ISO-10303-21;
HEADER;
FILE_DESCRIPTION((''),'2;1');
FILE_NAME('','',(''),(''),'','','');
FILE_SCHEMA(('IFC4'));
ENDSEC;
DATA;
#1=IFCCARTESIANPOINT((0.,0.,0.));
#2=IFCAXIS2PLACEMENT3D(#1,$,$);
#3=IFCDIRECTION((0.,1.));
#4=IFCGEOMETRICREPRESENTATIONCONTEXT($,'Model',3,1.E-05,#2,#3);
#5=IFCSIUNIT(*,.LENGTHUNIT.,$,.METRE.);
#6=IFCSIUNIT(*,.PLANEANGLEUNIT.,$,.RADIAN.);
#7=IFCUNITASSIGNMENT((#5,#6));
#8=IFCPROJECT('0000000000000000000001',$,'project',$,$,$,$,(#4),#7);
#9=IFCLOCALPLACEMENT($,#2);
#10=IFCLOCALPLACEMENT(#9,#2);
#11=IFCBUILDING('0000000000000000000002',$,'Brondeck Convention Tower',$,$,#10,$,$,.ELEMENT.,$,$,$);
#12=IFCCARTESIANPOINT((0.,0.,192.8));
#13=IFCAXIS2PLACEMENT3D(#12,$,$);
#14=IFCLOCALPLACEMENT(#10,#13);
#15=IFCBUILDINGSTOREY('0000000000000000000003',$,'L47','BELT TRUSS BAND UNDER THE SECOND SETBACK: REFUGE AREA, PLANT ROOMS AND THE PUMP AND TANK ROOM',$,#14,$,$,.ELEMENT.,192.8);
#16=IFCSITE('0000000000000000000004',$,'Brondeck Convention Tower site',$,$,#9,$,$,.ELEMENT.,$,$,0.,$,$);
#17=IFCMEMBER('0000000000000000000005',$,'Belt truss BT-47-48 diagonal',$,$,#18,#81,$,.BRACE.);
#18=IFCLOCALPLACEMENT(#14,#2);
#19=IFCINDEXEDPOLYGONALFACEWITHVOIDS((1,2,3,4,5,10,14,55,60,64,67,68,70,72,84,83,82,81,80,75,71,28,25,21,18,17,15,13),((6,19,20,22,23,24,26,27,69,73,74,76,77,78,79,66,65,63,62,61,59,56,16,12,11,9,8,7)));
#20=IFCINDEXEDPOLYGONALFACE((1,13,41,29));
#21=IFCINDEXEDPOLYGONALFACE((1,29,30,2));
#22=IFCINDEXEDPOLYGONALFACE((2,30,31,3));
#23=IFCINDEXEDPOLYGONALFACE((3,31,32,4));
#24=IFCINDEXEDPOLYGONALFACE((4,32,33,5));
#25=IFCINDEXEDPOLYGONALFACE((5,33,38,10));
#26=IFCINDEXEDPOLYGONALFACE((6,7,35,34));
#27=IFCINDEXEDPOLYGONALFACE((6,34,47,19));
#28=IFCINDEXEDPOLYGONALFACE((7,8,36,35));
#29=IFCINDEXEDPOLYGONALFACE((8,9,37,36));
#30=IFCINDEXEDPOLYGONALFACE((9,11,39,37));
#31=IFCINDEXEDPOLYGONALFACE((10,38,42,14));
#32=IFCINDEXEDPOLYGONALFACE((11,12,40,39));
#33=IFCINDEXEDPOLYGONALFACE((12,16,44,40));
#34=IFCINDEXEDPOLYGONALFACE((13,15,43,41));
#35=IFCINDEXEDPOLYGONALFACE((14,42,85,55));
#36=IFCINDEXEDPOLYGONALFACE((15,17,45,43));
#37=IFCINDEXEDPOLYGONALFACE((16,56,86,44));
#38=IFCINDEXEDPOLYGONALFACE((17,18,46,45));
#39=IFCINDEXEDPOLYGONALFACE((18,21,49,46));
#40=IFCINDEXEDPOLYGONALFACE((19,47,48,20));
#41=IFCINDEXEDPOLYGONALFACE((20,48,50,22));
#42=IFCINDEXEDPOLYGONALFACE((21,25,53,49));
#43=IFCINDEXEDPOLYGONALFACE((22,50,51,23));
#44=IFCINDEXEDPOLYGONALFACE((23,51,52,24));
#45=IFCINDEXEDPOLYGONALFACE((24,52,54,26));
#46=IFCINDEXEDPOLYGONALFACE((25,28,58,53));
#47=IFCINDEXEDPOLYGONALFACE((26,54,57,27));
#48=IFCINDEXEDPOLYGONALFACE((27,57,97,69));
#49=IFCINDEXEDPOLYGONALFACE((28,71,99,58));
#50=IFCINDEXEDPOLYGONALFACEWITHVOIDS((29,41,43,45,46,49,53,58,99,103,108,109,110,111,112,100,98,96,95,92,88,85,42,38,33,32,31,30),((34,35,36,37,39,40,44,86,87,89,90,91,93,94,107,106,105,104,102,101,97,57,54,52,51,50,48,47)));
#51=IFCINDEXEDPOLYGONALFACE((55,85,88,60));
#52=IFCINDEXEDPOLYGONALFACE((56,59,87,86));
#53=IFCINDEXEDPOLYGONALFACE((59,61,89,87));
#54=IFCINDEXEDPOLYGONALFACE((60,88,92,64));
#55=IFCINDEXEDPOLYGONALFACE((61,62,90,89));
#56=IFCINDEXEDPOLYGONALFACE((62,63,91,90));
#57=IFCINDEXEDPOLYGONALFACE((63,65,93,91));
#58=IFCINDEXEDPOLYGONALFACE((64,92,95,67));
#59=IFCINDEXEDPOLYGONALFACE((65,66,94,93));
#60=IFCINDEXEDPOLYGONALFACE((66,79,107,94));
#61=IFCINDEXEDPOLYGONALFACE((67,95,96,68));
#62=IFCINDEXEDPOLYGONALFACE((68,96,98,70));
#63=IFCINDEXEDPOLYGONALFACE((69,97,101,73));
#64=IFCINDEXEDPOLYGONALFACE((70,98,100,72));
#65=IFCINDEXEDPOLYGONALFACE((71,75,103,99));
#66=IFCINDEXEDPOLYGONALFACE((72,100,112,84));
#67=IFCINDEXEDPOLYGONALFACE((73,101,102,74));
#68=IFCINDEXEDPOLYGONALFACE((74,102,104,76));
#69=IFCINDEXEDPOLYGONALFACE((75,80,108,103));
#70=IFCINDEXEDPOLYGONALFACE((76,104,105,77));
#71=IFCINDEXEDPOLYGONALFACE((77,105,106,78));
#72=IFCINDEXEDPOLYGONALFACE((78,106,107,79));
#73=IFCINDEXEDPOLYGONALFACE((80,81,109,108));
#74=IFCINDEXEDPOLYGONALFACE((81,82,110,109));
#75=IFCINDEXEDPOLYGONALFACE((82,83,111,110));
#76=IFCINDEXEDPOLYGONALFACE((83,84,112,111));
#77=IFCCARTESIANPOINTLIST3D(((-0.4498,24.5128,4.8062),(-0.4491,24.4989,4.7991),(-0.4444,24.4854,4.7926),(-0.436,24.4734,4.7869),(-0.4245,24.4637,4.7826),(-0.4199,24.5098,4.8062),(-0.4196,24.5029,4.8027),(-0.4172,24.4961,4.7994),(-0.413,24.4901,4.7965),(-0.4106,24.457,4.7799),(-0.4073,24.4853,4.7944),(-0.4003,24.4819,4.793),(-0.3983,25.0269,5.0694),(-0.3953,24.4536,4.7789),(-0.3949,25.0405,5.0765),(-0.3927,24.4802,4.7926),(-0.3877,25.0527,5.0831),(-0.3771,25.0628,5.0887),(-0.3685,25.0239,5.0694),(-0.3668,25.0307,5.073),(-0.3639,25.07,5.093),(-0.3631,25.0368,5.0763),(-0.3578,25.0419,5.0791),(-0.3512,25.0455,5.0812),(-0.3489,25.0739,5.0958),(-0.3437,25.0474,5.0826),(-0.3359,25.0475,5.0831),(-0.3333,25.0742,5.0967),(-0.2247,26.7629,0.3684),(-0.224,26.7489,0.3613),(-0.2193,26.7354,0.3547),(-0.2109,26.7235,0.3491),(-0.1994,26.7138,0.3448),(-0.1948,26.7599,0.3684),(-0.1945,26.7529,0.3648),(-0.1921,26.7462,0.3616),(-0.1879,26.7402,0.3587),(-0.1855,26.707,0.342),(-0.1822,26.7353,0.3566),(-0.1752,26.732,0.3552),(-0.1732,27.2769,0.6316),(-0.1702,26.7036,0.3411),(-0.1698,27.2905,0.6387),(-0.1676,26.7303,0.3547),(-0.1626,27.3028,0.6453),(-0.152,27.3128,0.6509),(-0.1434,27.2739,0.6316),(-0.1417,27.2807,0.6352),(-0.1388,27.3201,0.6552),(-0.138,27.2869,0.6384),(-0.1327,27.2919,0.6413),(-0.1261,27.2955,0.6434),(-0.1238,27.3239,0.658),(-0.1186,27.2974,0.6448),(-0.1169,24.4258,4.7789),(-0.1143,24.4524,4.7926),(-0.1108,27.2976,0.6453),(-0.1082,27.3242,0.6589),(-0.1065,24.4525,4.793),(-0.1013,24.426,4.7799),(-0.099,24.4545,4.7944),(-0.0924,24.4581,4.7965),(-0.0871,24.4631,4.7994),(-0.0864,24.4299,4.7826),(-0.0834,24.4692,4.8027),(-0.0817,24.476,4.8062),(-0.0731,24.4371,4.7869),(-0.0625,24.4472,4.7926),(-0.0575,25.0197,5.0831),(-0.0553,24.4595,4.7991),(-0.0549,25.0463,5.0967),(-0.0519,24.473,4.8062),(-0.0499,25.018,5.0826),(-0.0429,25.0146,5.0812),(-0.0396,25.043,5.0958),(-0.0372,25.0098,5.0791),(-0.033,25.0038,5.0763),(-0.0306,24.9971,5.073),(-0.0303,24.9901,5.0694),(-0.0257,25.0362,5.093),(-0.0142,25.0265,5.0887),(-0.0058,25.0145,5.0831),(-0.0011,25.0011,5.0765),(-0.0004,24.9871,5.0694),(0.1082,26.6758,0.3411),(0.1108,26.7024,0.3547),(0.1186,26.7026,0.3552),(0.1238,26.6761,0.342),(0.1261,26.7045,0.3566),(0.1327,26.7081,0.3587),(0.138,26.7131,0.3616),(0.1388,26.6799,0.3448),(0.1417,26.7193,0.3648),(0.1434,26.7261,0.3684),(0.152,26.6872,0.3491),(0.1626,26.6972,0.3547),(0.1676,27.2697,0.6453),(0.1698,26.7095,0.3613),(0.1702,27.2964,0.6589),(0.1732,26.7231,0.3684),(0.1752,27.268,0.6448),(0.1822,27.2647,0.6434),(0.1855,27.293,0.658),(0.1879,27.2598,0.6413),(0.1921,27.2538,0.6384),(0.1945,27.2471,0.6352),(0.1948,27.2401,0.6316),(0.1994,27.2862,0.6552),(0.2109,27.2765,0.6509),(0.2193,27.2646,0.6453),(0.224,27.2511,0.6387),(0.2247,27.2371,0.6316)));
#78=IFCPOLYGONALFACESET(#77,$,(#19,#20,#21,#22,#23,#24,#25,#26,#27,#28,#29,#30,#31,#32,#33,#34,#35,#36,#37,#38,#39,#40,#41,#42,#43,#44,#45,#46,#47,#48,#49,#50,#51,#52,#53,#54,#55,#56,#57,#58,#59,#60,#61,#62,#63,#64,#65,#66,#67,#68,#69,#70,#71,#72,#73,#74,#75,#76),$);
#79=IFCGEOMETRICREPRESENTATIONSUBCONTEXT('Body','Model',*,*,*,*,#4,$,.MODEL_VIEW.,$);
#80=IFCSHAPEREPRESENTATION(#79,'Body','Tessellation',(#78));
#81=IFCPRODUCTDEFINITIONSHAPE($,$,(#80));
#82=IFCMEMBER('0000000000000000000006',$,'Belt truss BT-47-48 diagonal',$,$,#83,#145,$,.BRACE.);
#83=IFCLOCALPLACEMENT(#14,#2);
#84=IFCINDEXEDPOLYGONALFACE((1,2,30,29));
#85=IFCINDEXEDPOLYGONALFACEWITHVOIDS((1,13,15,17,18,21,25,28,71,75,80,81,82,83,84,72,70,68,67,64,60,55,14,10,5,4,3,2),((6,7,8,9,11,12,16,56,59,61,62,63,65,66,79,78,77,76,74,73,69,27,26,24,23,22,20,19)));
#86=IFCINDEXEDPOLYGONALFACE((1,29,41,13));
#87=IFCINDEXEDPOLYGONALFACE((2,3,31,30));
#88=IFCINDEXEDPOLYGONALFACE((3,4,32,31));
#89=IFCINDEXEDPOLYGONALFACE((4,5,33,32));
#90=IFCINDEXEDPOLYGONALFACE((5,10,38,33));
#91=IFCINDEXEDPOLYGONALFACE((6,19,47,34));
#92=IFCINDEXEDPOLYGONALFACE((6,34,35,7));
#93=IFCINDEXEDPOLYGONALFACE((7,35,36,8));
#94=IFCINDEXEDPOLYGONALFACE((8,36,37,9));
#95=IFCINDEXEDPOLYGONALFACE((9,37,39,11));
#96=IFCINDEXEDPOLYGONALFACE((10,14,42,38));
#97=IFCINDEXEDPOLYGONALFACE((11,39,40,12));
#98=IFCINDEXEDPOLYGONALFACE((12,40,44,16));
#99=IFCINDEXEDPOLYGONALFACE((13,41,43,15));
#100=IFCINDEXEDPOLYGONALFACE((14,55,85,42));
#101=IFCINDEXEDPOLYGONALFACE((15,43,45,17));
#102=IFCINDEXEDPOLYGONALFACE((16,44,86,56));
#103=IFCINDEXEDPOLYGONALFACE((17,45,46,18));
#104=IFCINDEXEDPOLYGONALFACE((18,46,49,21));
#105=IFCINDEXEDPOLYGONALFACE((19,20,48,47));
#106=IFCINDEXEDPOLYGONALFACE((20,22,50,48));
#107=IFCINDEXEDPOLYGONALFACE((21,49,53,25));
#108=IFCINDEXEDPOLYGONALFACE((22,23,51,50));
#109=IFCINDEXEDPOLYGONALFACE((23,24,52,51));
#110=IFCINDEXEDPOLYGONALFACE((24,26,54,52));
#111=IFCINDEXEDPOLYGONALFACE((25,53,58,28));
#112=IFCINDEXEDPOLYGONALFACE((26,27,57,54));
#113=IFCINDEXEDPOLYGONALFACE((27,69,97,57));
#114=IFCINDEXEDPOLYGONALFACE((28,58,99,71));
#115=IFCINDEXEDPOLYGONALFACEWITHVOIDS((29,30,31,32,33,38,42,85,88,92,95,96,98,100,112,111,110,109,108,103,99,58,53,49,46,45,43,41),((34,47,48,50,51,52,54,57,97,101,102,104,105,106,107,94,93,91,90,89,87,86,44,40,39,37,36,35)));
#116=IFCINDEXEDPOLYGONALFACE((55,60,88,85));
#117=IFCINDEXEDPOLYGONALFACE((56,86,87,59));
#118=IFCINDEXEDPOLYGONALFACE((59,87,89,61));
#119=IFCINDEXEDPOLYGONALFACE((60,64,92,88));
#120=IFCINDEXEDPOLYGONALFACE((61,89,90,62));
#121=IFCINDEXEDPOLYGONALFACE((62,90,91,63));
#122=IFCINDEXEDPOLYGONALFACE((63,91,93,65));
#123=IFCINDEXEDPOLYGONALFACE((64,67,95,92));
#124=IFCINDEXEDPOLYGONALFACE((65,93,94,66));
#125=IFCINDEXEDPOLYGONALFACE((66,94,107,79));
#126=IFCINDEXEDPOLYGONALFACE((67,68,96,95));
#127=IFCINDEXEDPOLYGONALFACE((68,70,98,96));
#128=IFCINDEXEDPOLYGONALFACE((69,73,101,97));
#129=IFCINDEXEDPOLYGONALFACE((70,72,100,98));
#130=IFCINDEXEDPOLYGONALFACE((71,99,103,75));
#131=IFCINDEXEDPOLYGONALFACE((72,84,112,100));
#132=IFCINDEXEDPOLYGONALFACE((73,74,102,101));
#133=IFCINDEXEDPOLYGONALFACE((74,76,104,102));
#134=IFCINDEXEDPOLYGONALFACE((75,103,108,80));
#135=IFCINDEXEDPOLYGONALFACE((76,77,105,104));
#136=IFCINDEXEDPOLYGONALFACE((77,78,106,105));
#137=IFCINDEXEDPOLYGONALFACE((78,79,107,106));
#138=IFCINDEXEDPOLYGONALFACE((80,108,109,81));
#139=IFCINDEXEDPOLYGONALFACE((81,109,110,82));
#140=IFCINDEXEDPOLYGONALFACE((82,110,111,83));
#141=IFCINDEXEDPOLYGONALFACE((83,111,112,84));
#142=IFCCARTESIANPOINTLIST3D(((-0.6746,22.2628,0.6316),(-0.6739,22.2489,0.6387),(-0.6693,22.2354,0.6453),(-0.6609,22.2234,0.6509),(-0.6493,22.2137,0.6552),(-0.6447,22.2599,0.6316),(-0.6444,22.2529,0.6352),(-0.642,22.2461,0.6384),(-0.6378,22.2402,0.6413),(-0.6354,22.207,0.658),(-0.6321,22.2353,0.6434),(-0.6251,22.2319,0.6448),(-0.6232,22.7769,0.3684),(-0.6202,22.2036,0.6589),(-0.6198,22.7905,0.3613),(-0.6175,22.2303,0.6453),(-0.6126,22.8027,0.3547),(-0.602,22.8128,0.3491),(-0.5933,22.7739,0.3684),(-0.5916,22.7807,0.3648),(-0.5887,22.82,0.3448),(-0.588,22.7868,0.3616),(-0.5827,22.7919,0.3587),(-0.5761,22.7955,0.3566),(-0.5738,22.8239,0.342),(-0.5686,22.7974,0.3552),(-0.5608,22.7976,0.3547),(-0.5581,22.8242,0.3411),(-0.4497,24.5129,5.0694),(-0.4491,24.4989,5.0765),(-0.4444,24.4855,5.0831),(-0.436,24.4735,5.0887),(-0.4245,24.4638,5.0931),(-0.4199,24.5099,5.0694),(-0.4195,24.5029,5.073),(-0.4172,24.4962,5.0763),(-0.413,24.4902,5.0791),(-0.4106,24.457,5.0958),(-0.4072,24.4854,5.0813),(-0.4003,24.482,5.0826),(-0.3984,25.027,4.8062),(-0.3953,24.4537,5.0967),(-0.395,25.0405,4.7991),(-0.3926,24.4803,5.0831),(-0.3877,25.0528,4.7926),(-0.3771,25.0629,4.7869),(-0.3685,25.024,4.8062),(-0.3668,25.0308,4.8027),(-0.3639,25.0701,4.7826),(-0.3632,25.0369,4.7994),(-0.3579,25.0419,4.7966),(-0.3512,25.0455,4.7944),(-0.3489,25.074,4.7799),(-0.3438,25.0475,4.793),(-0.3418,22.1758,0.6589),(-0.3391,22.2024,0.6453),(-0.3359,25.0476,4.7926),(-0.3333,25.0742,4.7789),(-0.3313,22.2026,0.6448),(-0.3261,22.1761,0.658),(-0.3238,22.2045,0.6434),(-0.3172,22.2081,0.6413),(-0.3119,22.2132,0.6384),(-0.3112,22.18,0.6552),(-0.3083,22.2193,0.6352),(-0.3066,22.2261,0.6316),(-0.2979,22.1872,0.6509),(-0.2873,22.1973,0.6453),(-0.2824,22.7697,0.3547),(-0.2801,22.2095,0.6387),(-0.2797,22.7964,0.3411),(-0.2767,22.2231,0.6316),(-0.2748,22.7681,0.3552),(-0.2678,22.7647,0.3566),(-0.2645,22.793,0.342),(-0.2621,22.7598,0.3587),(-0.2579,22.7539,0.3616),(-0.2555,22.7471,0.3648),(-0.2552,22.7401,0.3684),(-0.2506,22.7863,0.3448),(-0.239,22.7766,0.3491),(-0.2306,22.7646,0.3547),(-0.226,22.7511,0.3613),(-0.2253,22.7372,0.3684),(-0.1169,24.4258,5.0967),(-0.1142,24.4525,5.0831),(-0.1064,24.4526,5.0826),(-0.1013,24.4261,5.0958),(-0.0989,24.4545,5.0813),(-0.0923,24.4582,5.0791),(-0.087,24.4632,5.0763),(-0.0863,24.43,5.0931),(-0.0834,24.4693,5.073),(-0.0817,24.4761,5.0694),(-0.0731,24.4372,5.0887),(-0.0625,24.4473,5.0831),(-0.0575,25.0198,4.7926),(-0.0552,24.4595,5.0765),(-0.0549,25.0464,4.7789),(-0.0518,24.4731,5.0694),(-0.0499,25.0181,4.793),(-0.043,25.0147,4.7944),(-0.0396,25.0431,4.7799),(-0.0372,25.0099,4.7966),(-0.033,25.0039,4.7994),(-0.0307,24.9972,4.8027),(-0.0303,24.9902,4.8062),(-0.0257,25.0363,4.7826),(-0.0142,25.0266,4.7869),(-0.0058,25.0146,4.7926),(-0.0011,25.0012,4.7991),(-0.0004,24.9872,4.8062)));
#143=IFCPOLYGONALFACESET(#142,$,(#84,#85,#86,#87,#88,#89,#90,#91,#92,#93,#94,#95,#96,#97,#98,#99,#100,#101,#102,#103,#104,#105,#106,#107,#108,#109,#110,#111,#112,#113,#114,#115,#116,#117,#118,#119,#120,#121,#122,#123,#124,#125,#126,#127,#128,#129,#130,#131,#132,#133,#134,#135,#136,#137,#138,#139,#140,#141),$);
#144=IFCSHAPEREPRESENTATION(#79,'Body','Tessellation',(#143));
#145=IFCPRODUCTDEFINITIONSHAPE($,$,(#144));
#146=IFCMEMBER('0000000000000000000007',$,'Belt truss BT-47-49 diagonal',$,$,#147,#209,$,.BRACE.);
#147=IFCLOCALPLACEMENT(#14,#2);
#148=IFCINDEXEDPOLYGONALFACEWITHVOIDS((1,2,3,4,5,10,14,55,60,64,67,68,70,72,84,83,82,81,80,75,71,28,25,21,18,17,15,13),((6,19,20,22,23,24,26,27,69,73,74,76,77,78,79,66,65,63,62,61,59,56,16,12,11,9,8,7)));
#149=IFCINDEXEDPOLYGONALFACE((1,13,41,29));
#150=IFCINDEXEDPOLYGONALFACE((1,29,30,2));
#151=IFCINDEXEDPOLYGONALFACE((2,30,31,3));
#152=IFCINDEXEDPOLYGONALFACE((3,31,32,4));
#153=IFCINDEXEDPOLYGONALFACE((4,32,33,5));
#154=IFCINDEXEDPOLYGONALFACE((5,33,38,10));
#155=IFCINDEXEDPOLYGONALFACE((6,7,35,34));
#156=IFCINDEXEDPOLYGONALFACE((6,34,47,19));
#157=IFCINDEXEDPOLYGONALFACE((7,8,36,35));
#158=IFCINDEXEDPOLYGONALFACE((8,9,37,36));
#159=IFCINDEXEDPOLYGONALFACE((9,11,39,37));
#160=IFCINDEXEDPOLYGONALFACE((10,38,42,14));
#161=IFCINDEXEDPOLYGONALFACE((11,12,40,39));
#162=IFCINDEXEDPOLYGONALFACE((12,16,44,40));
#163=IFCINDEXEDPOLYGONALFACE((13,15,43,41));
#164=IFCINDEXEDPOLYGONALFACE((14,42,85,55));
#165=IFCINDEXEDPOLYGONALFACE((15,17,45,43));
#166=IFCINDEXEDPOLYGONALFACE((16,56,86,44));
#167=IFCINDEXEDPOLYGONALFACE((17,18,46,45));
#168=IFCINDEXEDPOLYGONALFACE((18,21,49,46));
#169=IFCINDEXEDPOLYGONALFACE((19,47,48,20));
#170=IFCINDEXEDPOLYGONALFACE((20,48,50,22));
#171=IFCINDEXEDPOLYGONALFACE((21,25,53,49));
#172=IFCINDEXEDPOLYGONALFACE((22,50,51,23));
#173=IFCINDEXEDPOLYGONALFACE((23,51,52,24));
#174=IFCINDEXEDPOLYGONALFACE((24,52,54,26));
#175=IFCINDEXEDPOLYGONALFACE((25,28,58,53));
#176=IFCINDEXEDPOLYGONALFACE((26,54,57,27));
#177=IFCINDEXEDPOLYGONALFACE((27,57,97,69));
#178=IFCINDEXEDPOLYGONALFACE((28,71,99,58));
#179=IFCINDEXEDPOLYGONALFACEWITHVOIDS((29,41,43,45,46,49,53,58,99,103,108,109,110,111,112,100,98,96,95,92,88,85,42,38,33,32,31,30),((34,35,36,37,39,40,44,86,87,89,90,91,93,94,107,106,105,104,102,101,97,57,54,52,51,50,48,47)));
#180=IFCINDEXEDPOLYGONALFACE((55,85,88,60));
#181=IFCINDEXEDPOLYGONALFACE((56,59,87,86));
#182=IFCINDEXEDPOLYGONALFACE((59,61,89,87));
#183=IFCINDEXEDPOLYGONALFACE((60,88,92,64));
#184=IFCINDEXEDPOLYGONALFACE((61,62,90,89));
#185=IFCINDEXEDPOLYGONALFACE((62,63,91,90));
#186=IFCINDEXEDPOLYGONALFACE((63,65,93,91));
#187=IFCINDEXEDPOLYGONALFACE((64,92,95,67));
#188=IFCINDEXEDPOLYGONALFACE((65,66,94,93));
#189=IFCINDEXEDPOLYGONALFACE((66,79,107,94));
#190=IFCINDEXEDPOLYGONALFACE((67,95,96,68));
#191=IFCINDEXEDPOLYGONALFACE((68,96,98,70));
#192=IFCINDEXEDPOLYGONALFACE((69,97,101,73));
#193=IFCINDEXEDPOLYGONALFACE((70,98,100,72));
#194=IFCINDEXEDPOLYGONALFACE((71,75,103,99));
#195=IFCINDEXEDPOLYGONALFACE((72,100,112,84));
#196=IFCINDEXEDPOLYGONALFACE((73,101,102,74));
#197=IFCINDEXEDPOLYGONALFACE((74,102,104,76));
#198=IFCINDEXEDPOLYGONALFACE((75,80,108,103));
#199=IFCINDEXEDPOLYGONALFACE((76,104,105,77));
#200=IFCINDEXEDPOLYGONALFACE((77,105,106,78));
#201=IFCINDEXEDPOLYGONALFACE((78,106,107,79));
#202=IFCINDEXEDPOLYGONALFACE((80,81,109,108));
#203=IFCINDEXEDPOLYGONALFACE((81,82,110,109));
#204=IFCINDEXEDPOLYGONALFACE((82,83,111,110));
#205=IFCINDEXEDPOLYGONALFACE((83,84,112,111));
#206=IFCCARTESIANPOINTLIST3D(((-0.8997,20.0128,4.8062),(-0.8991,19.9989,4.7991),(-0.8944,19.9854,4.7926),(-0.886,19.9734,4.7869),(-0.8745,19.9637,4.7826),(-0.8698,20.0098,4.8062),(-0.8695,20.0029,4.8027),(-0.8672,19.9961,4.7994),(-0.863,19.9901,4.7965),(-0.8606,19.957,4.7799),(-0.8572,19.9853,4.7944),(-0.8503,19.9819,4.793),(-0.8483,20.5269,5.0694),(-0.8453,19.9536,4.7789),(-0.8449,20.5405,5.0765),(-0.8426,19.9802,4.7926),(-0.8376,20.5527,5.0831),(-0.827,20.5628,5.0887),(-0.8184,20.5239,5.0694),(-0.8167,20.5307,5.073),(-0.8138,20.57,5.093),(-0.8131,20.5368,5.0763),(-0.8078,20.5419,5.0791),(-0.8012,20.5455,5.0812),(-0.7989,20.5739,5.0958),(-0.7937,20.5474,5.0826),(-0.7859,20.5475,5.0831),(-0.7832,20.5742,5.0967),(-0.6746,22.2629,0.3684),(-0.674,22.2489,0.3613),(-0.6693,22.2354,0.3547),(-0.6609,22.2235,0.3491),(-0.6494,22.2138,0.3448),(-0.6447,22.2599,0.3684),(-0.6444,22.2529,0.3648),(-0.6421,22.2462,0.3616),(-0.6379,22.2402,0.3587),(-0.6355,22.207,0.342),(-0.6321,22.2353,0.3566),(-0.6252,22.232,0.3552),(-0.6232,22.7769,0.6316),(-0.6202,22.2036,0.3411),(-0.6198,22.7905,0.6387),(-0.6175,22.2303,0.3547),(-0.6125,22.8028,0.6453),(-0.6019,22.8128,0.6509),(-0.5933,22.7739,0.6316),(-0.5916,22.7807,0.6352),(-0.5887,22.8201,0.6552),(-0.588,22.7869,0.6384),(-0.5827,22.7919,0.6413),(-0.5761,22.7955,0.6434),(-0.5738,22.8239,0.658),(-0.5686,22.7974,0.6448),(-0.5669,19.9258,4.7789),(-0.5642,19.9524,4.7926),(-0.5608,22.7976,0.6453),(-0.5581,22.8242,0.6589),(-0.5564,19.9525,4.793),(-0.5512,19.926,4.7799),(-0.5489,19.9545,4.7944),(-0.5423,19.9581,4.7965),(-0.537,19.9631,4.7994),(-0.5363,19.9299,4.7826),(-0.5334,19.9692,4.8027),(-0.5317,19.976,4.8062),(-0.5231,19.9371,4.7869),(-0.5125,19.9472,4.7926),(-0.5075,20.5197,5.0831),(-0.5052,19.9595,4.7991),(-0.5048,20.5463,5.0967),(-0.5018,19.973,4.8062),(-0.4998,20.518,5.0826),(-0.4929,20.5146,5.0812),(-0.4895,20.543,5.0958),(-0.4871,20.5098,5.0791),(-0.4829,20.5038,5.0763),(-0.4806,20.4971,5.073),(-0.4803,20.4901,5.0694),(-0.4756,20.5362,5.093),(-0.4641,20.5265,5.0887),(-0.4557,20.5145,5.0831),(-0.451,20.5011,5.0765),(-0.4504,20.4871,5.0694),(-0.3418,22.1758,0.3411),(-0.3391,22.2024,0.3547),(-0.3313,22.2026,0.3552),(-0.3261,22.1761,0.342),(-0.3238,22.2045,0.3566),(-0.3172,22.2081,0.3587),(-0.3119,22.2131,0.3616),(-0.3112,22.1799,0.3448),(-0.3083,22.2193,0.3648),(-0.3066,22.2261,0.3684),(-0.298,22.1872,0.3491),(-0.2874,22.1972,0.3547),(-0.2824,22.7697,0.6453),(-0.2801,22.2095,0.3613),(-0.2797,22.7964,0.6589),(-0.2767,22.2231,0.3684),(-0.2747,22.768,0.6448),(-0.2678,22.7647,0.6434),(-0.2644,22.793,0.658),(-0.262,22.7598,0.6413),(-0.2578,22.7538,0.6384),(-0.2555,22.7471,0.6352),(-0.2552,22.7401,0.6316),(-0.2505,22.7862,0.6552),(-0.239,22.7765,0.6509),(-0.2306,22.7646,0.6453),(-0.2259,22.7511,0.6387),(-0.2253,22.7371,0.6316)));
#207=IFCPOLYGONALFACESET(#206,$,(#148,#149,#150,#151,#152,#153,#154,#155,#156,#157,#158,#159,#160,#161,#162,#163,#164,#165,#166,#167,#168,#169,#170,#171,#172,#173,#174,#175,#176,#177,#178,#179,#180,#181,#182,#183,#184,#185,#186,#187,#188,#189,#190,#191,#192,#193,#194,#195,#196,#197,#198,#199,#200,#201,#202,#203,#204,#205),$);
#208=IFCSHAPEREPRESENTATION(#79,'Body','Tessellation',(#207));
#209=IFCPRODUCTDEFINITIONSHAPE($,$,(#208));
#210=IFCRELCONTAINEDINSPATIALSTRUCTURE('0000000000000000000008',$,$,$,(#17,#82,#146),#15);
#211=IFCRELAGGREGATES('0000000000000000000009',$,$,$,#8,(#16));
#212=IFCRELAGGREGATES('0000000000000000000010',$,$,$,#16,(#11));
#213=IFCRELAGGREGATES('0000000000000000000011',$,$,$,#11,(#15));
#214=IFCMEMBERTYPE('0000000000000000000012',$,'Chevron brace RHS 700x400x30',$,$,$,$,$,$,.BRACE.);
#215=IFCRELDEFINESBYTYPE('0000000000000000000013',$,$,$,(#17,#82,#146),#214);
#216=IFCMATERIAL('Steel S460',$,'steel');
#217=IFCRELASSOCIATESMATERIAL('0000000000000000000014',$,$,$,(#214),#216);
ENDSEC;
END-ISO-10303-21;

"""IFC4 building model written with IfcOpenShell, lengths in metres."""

from ifc_helpers import new_model, si_unit, direction, frame, origin, origin_2d, place, context, subcontext, project, spatial, hollow_rectangle, extrude, material, material_profile, profile_set, type_object, element, save


model = new_model("IFC4")

# Units and contexts
model_context = context("Model", 3, precision=1e-05, world=origin(), true_north=direction((0.0, 1.0)))
body_context = subcontext(model_context, "Body", "Model", "MODEL_VIEW")
ifc_project = project(units=[si_unit("LENGTHUNIT", "METRE"), si_unit("PLANEANGLEUNIT", "RADIAN")], contexts=[model_context])

# Site, building, storey
site_placement = place(None, origin())
site = spatial("IfcSite", under=ifc_project, at=site_placement, Name="Brondeck Convention Tower site", CompositionType="ELEMENT", RefElevation=0.0)
building_placement = place(site_placement, origin())
building = spatial("IfcBuilding", under=site, at=building_placement, Name="Brondeck Convention Tower", CompositionType="ELEMENT")
storey_placement = place(building_placement, frame((0.0, 0.0, 192.8)))
storey = spatial("IfcBuildingStorey", under=building, at=storey_placement, Name="L47", Description="BELT TRUSS BAND UNDER THE SECOND SETBACK: REFUGE AREA, PLANT ROOMS AND THE PUMP AND TANK ROOM", CompositionType="ELEMENT", Elevation=192.8)

# Members
ifc_material_1 = material(Name="Steel S460", Category="steel")
ifc_material_profile_1 = material_profile(ifc_material_1, hollow_rectangle(XDim=0.3999, YDim=0.7, WallThickness=0.03, InnerFilletRadius=0.03, OuterFilletRadius=0.0601, at=origin_2d()), Name="RHS 700x400x30")
ifc_profile_set_1 = profile_set([ifc_material_profile_1], Name="Steel S460")
member_type_1 = type_object("IfcMemberType", Name="Chevron brace RHS 700x400x30", PredefinedType="BRACE", material=ifc_profile_set_1)
for number, where, z_axis, x_axis, name in (
    (1, (0.0, 27.0, 0.5), (-0.045195, -0.451749, 0.890999), (0.995033, -0.099546, 0.0), "Belt truss BT-47-48 diagonal"),
    (2, (-0.45, 22.5, 0.5), (0.045146, 0.45175, 0.891001), (-0.995044, 0.09944, 0.0), "Belt truss BT-47-48 diagonal"),
    (3, (-0.45, 22.5, 0.5), (-0.045195, -0.451749, 0.890999), (0.995033, -0.099546, 0.0), "Belt truss BT-47-49 diagonal"),
):
    element("IfcMember", number, at=place(storey_placement, frame(where, z_axis=z_axis, x_axis=x_axis)), inside=storey, type_object=member_type_1, Name=name, PredefinedType="BRACE", context=body_context, shape_type="SweptSolid", body=[
        extrude(hollow_rectangle(XDim=0.3999, YDim=0.7, WallThickness=0.03, InnerFilletRadius=0.03, OuterFilletRadius=0.0601, at=origin_2d()), origin(), (0.0, 0.0, 1.0), 4.9807),
    ])

save(model, "model.ifc")
